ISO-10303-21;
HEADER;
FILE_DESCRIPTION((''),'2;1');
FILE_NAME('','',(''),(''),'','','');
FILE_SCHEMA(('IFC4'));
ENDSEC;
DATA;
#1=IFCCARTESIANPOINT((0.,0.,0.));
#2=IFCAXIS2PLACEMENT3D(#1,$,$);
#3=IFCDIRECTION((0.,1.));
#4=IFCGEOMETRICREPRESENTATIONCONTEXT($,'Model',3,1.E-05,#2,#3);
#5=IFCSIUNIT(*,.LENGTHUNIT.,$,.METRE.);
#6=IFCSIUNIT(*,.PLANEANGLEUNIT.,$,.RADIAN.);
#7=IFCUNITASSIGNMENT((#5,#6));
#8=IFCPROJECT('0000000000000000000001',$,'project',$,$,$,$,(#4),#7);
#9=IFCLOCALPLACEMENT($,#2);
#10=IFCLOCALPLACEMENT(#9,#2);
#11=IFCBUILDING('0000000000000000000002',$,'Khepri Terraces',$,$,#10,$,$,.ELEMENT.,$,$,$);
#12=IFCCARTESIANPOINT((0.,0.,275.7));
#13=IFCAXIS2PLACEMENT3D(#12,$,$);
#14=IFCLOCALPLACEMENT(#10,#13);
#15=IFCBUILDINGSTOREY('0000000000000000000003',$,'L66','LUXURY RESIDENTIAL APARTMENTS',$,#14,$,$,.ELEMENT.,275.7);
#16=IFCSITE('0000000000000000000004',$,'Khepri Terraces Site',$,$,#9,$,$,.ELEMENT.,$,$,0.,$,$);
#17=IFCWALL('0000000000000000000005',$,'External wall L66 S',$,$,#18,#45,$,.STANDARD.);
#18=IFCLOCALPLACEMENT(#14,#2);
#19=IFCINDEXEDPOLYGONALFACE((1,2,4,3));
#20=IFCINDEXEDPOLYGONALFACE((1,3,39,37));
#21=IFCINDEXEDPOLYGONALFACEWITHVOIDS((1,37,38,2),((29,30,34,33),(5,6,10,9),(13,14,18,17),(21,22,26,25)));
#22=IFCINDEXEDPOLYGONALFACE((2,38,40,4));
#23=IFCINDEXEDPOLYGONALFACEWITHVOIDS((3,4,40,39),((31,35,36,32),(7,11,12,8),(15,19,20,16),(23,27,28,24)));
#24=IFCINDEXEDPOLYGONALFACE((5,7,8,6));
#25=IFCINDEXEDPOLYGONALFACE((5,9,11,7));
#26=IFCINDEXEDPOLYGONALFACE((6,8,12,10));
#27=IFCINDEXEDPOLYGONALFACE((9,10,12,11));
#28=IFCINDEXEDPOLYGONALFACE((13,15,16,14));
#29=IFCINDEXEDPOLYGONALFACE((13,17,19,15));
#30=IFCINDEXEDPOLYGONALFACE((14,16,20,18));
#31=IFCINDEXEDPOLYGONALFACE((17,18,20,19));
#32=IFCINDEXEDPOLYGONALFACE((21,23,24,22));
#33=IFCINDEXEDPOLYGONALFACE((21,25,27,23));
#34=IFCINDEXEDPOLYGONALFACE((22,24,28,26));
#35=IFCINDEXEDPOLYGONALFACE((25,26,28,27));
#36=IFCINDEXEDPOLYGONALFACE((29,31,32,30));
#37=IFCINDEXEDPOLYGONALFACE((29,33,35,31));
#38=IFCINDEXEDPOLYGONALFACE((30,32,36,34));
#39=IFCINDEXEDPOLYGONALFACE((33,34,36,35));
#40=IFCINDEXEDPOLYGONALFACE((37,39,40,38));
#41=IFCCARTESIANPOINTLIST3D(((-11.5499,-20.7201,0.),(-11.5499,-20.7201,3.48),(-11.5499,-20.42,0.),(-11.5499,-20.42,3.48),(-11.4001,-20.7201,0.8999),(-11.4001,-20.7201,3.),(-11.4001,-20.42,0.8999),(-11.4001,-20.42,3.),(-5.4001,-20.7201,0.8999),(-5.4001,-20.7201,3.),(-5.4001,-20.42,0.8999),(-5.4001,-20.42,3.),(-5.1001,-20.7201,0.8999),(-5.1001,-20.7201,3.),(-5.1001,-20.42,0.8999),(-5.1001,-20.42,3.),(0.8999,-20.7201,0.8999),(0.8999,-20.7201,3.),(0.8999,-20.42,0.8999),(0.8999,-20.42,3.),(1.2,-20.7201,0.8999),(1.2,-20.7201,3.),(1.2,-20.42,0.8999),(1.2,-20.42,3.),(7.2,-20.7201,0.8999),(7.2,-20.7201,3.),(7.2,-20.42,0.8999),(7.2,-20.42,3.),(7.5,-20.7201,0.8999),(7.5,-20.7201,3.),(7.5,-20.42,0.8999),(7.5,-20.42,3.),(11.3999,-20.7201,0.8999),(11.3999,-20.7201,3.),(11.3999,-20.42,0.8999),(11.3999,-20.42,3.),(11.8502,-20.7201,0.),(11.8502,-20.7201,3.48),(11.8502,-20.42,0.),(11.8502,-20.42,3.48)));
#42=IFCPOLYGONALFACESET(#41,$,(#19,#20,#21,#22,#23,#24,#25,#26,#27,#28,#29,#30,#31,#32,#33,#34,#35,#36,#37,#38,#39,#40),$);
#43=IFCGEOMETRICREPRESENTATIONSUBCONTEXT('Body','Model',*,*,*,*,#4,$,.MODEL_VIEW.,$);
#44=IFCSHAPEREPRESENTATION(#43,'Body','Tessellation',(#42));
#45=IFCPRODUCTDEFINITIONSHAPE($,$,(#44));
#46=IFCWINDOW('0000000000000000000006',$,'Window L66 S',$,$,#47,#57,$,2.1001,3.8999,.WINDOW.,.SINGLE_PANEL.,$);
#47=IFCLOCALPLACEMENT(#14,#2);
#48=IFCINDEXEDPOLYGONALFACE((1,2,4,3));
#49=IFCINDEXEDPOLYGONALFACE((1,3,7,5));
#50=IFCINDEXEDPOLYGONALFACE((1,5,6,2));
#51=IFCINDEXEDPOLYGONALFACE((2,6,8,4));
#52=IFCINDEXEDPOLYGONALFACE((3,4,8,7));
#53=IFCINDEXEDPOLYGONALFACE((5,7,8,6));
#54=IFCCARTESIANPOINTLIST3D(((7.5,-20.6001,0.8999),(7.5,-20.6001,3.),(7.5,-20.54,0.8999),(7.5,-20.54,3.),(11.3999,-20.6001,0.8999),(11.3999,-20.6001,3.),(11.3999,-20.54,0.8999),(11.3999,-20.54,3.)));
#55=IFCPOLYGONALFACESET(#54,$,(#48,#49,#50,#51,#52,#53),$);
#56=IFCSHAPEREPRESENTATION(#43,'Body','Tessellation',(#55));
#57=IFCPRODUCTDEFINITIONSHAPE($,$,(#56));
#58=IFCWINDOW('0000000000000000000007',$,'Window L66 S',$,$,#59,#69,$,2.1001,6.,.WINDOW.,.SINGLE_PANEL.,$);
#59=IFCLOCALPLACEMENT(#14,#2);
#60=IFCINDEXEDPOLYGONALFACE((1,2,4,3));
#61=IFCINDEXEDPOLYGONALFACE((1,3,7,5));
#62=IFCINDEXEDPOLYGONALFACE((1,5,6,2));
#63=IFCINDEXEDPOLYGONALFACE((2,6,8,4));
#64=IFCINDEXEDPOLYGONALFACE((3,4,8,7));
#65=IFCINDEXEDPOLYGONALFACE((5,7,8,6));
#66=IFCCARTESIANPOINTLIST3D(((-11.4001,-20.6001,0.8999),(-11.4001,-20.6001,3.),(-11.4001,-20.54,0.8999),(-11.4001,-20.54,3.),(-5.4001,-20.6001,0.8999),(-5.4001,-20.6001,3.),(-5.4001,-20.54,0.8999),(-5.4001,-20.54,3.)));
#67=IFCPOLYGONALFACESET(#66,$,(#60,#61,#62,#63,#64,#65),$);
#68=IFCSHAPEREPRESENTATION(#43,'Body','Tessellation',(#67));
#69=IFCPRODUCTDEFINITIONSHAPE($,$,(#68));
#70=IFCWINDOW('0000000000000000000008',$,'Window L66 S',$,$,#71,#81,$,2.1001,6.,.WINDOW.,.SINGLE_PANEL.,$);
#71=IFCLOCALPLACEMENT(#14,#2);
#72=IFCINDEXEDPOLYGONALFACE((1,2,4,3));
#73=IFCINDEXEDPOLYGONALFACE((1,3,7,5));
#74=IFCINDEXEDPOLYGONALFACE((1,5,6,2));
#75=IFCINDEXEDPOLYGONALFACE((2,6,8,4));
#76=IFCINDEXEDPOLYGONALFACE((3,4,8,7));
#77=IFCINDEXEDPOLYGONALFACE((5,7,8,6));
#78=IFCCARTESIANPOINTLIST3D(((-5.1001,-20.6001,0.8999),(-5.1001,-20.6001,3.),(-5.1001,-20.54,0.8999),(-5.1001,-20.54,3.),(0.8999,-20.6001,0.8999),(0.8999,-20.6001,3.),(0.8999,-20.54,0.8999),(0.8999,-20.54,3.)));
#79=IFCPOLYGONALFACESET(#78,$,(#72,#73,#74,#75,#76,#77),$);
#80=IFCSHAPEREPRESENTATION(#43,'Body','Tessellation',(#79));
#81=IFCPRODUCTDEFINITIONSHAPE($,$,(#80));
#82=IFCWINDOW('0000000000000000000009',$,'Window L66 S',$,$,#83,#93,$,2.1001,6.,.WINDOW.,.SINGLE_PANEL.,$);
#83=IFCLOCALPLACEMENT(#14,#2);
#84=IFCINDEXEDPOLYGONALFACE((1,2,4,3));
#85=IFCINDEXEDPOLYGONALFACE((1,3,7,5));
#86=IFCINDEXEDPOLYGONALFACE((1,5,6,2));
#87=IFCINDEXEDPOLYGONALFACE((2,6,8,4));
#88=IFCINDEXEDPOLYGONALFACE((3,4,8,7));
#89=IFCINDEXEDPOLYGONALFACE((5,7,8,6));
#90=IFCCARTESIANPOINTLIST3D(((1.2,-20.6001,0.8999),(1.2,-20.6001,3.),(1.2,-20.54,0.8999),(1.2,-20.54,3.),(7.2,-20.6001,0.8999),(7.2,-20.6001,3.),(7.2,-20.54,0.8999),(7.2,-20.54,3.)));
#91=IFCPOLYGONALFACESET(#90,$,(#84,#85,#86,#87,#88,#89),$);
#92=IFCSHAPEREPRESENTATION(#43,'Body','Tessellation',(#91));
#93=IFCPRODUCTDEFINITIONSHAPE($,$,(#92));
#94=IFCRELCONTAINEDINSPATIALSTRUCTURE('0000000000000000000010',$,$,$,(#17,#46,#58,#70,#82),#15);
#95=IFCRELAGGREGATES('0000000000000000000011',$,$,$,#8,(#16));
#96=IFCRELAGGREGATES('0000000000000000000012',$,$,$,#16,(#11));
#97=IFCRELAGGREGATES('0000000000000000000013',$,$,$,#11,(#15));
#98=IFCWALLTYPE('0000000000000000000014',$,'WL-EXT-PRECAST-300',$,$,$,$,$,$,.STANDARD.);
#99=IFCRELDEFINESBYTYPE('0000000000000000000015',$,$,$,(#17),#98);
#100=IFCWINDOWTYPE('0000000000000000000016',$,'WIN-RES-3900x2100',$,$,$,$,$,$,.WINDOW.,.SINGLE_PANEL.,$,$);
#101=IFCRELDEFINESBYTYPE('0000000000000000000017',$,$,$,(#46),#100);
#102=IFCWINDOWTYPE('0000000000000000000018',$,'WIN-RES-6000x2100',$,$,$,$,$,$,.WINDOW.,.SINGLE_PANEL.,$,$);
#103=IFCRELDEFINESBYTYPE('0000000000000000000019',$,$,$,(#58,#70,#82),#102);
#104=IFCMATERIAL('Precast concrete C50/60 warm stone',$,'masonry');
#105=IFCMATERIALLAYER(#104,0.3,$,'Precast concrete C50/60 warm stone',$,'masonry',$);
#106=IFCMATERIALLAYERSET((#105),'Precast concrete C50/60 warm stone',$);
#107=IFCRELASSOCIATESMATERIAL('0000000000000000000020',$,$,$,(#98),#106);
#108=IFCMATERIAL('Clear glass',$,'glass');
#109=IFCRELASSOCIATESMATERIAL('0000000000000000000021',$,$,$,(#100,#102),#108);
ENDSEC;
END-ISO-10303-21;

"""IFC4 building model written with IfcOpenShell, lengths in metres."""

from ifc_helpers import new_model, si_unit, direction, frame, frame_2d, origin, place, context, subcontext, project, spatial, rectangle, extrude, material, layer, layer_set, type_object, element, fill, save


model = new_model("IFC4")

# Units and contexts
model_context = context("Model", 3, precision=1e-05, world=origin(), true_north=direction((0.0, 1.0)))
body_context = subcontext(model_context, "Body", "Model", "MODEL_VIEW")
ifc_project = project(units=[si_unit("LENGTHUNIT", "METRE"), si_unit("PLANEANGLEUNIT", "RADIAN")], contexts=[model_context])

# Site, building, storey
site_placement = place(None, origin())
site = spatial("IfcSite", under=ifc_project, at=site_placement, Name="Khepri Terraces Site", CompositionType="ELEMENT", RefElevation=0.0)
building_placement = place(site_placement, origin())
building = spatial("IfcBuilding", under=site, at=building_placement, Name="Khepri Terraces", CompositionType="ELEMENT")
storey_placement = place(building_placement, frame((0.0, 0.0, 275.7)))
storey = spatial("IfcBuildingStorey", under=building, at=storey_placement, Name="L66", Description="LUXURY RESIDENTIAL APARTMENTS", CompositionType="ELEMENT", Elevation=275.7)

# Wall, openings, windows
ifc_material_1 = material(Name="Precast concrete C50/60 warm stone", Category="masonry")
ifc_layer_1 = layer(ifc_material_1, 0.3, Name="Precast concrete C50/60 warm stone", Category="masonry")
ifc_layer_set_1 = layer_set([ifc_layer_1], Name="Precast concrete C50/60 warm stone")
wall_type_1 = type_object("IfcWallType", Name="WL-EXT-PRECAST-300", PredefinedType="STANDARD", material=ifc_layer_set_1)
wall_1_placement = place(storey_placement, frame((-11.55, -20.5701, 0.0), z_axis=(0.0, 0.0, 1.0), x_axis=(1.0, 0.0, 0.0)))
wall_1 = element("IfcWall", 1, at=wall_1_placement, inside=storey, type_object=wall_type_1, Name="External wall L66 S", PredefinedType="STANDARD", context=body_context, shape_type="SweptSolid", body=[
    extrude(rectangle(XDim=23.4001, YDim=0.3, at=frame_2d((11.7002, 0.0))), origin(), (0.0, 0.0, 1.0), 3.48),
])
opening_1_placement = place(wall_1_placement, frame((0.1499, 0.0, 0.8999)))
opening_1 = element("IfcOpeningElement", 2, at=opening_1_placement, cuts=wall_1, PredefinedType="OPENING", context=body_context, shape_type="SweptSolid", body=[
    extrude(rectangle(XDim=6.0, YDim=2.1001, at=frame_2d((3.0, 1.05))), frame((0.0, 0.1602, 0.0), z_axis=(0.0, -1.0, 0.0), x_axis=(1.0, 0.0, 0.0)), (0.0, 0.0, 1.0), 0.3201),
])
opening_2_placement = place(wall_1_placement, frame((6.45, 0.0, 0.8999)))
opening_2 = element("IfcOpeningElement", 3, at=opening_2_placement, cuts=wall_1, PredefinedType="OPENING", context=body_context, shape_type="SweptSolid", body=[
    extrude(rectangle(XDim=6.0, YDim=2.1001, at=frame_2d((3.0, 1.05))), frame((0.0, 0.1602, 0.0), z_axis=(0.0, -1.0, 0.0), x_axis=(1.0, 0.0, 0.0)), (0.0, 0.0, 1.0), 0.3201),
])
opening_3_placement = place(wall_1_placement, frame((12.75, 0.0, 0.8999)))
opening_3 = element("IfcOpeningElement", 4, at=opening_3_placement, cuts=wall_1, PredefinedType="OPENING", context=body_context, shape_type="SweptSolid", body=[
    extrude(rectangle(XDim=6.0, YDim=2.1001, at=frame_2d((3.0, 1.05))), frame((0.0, 0.1602, 0.0), z_axis=(0.0, -1.0, 0.0), x_axis=(1.0, 0.0, 0.0)), (0.0, 0.0, 1.0), 0.3201),
])
opening_4_placement = place(wall_1_placement, frame((19.05, 0.0, 0.8999)))
opening_4 = element("IfcOpeningElement", 5, at=opening_4_placement, cuts=wall_1, PredefinedType="OPENING", context=body_context, shape_type="SweptSolid", body=[
    extrude(rectangle(XDim=3.8999, YDim=2.1001, at=frame_2d((1.95, 1.05))), frame((0.0, 0.1602, 0.0), z_axis=(0.0, -1.0, 0.0), x_axis=(1.0, 0.0, 0.0)), (0.0, 0.0, 1.0), 0.3201),
])
ifc_material_2 = material(Name="Clear glass", Category="glass")
window_type_1 = type_object("IfcWindowType", Name="WIN-RES-3900x2100", PartitioningType="SINGLE_PANEL", PredefinedType="WINDOW", material=ifc_material_2)
window_1_placement = place(opening_4_placement, origin())
window_1 = element("IfcWindow", 6, at=window_1_placement, inside=storey, type_object=window_type_1, Name="Window L66 S", OverallHeight=2.1001, OverallWidth=3.8999, PartitioningType="SINGLE_PANEL", PredefinedType="WINDOW", context=body_context, shape_type="SweptSolid", body=[
    extrude(rectangle(XDim=3.8999, YDim=2.1001, at=frame_2d((1.95, 1.05))), frame((0.0, 0.03, 0.0), z_axis=(0.0, -1.0, 0.0), x_axis=(1.0, 0.0, 0.0)), (0.0, 0.0, 1.0), 0.0601),
])
fill(opening_4, window_1)
window_type_2 = type_object("IfcWindowType", Name="WIN-RES-6000x2100", PartitioningType="SINGLE_PANEL", PredefinedType="WINDOW", material=ifc_material_2)
window_2_placement = place(opening_1_placement, origin())
window_2 = element("IfcWindow", 7, at=window_2_placement, inside=storey, type_object=window_type_2, Name="Window L66 S", OverallHeight=2.1001, OverallWidth=6.0, PartitioningType="SINGLE_PANEL", PredefinedType="WINDOW", context=body_context, shape_type="SweptSolid", body=[
    extrude(rectangle(XDim=6.0, YDim=2.1001, at=frame_2d((3.0, 1.05))), frame((0.0, 0.03, 0.0), z_axis=(0.0, -1.0, 0.0), x_axis=(1.0, 0.0, 0.0)), (0.0, 0.0, 1.0), 0.0601),
])
fill(opening_1, window_2)
window_3_placement = place(opening_2_placement, origin())
window_3 = element("IfcWindow", 8, at=window_3_placement, inside=storey, type_object=window_type_2, Name="Window L66 S", OverallHeight=2.1001, OverallWidth=6.0, PartitioningType="SINGLE_PANEL", PredefinedType="WINDOW", context=body_context, shape_type="SweptSolid", body=[
    extrude(rectangle(XDim=6.0, YDim=2.1001, at=frame_2d((3.0, 1.05))), frame((0.0, 0.03, 0.0), z_axis=(0.0, -1.0, 0.0), x_axis=(1.0, 0.0, 0.0)), (0.0, 0.0, 1.0), 0.0601),
])
fill(opening_2, window_3)
window_4_placement = place(opening_3_placement, origin())
window_4 = element("IfcWindow", 9, at=window_4_placement, inside=storey, type_object=window_type_2, Name="Window L66 S", OverallHeight=2.1001, OverallWidth=6.0, PartitioningType="SINGLE_PANEL", PredefinedType="WINDOW", context=body_context, shape_type="SweptSolid", body=[
    extrude(rectangle(XDim=6.0, YDim=2.1001, at=frame_2d((3.0, 1.05))), frame((0.0, 0.03, 0.0), z_axis=(0.0, -1.0, 0.0), x_axis=(1.0, 0.0, 0.0)), (0.0, 0.0, 1.0), 0.0601),
])
fill(opening_3, window_4)

save(model, "model.ifc")
